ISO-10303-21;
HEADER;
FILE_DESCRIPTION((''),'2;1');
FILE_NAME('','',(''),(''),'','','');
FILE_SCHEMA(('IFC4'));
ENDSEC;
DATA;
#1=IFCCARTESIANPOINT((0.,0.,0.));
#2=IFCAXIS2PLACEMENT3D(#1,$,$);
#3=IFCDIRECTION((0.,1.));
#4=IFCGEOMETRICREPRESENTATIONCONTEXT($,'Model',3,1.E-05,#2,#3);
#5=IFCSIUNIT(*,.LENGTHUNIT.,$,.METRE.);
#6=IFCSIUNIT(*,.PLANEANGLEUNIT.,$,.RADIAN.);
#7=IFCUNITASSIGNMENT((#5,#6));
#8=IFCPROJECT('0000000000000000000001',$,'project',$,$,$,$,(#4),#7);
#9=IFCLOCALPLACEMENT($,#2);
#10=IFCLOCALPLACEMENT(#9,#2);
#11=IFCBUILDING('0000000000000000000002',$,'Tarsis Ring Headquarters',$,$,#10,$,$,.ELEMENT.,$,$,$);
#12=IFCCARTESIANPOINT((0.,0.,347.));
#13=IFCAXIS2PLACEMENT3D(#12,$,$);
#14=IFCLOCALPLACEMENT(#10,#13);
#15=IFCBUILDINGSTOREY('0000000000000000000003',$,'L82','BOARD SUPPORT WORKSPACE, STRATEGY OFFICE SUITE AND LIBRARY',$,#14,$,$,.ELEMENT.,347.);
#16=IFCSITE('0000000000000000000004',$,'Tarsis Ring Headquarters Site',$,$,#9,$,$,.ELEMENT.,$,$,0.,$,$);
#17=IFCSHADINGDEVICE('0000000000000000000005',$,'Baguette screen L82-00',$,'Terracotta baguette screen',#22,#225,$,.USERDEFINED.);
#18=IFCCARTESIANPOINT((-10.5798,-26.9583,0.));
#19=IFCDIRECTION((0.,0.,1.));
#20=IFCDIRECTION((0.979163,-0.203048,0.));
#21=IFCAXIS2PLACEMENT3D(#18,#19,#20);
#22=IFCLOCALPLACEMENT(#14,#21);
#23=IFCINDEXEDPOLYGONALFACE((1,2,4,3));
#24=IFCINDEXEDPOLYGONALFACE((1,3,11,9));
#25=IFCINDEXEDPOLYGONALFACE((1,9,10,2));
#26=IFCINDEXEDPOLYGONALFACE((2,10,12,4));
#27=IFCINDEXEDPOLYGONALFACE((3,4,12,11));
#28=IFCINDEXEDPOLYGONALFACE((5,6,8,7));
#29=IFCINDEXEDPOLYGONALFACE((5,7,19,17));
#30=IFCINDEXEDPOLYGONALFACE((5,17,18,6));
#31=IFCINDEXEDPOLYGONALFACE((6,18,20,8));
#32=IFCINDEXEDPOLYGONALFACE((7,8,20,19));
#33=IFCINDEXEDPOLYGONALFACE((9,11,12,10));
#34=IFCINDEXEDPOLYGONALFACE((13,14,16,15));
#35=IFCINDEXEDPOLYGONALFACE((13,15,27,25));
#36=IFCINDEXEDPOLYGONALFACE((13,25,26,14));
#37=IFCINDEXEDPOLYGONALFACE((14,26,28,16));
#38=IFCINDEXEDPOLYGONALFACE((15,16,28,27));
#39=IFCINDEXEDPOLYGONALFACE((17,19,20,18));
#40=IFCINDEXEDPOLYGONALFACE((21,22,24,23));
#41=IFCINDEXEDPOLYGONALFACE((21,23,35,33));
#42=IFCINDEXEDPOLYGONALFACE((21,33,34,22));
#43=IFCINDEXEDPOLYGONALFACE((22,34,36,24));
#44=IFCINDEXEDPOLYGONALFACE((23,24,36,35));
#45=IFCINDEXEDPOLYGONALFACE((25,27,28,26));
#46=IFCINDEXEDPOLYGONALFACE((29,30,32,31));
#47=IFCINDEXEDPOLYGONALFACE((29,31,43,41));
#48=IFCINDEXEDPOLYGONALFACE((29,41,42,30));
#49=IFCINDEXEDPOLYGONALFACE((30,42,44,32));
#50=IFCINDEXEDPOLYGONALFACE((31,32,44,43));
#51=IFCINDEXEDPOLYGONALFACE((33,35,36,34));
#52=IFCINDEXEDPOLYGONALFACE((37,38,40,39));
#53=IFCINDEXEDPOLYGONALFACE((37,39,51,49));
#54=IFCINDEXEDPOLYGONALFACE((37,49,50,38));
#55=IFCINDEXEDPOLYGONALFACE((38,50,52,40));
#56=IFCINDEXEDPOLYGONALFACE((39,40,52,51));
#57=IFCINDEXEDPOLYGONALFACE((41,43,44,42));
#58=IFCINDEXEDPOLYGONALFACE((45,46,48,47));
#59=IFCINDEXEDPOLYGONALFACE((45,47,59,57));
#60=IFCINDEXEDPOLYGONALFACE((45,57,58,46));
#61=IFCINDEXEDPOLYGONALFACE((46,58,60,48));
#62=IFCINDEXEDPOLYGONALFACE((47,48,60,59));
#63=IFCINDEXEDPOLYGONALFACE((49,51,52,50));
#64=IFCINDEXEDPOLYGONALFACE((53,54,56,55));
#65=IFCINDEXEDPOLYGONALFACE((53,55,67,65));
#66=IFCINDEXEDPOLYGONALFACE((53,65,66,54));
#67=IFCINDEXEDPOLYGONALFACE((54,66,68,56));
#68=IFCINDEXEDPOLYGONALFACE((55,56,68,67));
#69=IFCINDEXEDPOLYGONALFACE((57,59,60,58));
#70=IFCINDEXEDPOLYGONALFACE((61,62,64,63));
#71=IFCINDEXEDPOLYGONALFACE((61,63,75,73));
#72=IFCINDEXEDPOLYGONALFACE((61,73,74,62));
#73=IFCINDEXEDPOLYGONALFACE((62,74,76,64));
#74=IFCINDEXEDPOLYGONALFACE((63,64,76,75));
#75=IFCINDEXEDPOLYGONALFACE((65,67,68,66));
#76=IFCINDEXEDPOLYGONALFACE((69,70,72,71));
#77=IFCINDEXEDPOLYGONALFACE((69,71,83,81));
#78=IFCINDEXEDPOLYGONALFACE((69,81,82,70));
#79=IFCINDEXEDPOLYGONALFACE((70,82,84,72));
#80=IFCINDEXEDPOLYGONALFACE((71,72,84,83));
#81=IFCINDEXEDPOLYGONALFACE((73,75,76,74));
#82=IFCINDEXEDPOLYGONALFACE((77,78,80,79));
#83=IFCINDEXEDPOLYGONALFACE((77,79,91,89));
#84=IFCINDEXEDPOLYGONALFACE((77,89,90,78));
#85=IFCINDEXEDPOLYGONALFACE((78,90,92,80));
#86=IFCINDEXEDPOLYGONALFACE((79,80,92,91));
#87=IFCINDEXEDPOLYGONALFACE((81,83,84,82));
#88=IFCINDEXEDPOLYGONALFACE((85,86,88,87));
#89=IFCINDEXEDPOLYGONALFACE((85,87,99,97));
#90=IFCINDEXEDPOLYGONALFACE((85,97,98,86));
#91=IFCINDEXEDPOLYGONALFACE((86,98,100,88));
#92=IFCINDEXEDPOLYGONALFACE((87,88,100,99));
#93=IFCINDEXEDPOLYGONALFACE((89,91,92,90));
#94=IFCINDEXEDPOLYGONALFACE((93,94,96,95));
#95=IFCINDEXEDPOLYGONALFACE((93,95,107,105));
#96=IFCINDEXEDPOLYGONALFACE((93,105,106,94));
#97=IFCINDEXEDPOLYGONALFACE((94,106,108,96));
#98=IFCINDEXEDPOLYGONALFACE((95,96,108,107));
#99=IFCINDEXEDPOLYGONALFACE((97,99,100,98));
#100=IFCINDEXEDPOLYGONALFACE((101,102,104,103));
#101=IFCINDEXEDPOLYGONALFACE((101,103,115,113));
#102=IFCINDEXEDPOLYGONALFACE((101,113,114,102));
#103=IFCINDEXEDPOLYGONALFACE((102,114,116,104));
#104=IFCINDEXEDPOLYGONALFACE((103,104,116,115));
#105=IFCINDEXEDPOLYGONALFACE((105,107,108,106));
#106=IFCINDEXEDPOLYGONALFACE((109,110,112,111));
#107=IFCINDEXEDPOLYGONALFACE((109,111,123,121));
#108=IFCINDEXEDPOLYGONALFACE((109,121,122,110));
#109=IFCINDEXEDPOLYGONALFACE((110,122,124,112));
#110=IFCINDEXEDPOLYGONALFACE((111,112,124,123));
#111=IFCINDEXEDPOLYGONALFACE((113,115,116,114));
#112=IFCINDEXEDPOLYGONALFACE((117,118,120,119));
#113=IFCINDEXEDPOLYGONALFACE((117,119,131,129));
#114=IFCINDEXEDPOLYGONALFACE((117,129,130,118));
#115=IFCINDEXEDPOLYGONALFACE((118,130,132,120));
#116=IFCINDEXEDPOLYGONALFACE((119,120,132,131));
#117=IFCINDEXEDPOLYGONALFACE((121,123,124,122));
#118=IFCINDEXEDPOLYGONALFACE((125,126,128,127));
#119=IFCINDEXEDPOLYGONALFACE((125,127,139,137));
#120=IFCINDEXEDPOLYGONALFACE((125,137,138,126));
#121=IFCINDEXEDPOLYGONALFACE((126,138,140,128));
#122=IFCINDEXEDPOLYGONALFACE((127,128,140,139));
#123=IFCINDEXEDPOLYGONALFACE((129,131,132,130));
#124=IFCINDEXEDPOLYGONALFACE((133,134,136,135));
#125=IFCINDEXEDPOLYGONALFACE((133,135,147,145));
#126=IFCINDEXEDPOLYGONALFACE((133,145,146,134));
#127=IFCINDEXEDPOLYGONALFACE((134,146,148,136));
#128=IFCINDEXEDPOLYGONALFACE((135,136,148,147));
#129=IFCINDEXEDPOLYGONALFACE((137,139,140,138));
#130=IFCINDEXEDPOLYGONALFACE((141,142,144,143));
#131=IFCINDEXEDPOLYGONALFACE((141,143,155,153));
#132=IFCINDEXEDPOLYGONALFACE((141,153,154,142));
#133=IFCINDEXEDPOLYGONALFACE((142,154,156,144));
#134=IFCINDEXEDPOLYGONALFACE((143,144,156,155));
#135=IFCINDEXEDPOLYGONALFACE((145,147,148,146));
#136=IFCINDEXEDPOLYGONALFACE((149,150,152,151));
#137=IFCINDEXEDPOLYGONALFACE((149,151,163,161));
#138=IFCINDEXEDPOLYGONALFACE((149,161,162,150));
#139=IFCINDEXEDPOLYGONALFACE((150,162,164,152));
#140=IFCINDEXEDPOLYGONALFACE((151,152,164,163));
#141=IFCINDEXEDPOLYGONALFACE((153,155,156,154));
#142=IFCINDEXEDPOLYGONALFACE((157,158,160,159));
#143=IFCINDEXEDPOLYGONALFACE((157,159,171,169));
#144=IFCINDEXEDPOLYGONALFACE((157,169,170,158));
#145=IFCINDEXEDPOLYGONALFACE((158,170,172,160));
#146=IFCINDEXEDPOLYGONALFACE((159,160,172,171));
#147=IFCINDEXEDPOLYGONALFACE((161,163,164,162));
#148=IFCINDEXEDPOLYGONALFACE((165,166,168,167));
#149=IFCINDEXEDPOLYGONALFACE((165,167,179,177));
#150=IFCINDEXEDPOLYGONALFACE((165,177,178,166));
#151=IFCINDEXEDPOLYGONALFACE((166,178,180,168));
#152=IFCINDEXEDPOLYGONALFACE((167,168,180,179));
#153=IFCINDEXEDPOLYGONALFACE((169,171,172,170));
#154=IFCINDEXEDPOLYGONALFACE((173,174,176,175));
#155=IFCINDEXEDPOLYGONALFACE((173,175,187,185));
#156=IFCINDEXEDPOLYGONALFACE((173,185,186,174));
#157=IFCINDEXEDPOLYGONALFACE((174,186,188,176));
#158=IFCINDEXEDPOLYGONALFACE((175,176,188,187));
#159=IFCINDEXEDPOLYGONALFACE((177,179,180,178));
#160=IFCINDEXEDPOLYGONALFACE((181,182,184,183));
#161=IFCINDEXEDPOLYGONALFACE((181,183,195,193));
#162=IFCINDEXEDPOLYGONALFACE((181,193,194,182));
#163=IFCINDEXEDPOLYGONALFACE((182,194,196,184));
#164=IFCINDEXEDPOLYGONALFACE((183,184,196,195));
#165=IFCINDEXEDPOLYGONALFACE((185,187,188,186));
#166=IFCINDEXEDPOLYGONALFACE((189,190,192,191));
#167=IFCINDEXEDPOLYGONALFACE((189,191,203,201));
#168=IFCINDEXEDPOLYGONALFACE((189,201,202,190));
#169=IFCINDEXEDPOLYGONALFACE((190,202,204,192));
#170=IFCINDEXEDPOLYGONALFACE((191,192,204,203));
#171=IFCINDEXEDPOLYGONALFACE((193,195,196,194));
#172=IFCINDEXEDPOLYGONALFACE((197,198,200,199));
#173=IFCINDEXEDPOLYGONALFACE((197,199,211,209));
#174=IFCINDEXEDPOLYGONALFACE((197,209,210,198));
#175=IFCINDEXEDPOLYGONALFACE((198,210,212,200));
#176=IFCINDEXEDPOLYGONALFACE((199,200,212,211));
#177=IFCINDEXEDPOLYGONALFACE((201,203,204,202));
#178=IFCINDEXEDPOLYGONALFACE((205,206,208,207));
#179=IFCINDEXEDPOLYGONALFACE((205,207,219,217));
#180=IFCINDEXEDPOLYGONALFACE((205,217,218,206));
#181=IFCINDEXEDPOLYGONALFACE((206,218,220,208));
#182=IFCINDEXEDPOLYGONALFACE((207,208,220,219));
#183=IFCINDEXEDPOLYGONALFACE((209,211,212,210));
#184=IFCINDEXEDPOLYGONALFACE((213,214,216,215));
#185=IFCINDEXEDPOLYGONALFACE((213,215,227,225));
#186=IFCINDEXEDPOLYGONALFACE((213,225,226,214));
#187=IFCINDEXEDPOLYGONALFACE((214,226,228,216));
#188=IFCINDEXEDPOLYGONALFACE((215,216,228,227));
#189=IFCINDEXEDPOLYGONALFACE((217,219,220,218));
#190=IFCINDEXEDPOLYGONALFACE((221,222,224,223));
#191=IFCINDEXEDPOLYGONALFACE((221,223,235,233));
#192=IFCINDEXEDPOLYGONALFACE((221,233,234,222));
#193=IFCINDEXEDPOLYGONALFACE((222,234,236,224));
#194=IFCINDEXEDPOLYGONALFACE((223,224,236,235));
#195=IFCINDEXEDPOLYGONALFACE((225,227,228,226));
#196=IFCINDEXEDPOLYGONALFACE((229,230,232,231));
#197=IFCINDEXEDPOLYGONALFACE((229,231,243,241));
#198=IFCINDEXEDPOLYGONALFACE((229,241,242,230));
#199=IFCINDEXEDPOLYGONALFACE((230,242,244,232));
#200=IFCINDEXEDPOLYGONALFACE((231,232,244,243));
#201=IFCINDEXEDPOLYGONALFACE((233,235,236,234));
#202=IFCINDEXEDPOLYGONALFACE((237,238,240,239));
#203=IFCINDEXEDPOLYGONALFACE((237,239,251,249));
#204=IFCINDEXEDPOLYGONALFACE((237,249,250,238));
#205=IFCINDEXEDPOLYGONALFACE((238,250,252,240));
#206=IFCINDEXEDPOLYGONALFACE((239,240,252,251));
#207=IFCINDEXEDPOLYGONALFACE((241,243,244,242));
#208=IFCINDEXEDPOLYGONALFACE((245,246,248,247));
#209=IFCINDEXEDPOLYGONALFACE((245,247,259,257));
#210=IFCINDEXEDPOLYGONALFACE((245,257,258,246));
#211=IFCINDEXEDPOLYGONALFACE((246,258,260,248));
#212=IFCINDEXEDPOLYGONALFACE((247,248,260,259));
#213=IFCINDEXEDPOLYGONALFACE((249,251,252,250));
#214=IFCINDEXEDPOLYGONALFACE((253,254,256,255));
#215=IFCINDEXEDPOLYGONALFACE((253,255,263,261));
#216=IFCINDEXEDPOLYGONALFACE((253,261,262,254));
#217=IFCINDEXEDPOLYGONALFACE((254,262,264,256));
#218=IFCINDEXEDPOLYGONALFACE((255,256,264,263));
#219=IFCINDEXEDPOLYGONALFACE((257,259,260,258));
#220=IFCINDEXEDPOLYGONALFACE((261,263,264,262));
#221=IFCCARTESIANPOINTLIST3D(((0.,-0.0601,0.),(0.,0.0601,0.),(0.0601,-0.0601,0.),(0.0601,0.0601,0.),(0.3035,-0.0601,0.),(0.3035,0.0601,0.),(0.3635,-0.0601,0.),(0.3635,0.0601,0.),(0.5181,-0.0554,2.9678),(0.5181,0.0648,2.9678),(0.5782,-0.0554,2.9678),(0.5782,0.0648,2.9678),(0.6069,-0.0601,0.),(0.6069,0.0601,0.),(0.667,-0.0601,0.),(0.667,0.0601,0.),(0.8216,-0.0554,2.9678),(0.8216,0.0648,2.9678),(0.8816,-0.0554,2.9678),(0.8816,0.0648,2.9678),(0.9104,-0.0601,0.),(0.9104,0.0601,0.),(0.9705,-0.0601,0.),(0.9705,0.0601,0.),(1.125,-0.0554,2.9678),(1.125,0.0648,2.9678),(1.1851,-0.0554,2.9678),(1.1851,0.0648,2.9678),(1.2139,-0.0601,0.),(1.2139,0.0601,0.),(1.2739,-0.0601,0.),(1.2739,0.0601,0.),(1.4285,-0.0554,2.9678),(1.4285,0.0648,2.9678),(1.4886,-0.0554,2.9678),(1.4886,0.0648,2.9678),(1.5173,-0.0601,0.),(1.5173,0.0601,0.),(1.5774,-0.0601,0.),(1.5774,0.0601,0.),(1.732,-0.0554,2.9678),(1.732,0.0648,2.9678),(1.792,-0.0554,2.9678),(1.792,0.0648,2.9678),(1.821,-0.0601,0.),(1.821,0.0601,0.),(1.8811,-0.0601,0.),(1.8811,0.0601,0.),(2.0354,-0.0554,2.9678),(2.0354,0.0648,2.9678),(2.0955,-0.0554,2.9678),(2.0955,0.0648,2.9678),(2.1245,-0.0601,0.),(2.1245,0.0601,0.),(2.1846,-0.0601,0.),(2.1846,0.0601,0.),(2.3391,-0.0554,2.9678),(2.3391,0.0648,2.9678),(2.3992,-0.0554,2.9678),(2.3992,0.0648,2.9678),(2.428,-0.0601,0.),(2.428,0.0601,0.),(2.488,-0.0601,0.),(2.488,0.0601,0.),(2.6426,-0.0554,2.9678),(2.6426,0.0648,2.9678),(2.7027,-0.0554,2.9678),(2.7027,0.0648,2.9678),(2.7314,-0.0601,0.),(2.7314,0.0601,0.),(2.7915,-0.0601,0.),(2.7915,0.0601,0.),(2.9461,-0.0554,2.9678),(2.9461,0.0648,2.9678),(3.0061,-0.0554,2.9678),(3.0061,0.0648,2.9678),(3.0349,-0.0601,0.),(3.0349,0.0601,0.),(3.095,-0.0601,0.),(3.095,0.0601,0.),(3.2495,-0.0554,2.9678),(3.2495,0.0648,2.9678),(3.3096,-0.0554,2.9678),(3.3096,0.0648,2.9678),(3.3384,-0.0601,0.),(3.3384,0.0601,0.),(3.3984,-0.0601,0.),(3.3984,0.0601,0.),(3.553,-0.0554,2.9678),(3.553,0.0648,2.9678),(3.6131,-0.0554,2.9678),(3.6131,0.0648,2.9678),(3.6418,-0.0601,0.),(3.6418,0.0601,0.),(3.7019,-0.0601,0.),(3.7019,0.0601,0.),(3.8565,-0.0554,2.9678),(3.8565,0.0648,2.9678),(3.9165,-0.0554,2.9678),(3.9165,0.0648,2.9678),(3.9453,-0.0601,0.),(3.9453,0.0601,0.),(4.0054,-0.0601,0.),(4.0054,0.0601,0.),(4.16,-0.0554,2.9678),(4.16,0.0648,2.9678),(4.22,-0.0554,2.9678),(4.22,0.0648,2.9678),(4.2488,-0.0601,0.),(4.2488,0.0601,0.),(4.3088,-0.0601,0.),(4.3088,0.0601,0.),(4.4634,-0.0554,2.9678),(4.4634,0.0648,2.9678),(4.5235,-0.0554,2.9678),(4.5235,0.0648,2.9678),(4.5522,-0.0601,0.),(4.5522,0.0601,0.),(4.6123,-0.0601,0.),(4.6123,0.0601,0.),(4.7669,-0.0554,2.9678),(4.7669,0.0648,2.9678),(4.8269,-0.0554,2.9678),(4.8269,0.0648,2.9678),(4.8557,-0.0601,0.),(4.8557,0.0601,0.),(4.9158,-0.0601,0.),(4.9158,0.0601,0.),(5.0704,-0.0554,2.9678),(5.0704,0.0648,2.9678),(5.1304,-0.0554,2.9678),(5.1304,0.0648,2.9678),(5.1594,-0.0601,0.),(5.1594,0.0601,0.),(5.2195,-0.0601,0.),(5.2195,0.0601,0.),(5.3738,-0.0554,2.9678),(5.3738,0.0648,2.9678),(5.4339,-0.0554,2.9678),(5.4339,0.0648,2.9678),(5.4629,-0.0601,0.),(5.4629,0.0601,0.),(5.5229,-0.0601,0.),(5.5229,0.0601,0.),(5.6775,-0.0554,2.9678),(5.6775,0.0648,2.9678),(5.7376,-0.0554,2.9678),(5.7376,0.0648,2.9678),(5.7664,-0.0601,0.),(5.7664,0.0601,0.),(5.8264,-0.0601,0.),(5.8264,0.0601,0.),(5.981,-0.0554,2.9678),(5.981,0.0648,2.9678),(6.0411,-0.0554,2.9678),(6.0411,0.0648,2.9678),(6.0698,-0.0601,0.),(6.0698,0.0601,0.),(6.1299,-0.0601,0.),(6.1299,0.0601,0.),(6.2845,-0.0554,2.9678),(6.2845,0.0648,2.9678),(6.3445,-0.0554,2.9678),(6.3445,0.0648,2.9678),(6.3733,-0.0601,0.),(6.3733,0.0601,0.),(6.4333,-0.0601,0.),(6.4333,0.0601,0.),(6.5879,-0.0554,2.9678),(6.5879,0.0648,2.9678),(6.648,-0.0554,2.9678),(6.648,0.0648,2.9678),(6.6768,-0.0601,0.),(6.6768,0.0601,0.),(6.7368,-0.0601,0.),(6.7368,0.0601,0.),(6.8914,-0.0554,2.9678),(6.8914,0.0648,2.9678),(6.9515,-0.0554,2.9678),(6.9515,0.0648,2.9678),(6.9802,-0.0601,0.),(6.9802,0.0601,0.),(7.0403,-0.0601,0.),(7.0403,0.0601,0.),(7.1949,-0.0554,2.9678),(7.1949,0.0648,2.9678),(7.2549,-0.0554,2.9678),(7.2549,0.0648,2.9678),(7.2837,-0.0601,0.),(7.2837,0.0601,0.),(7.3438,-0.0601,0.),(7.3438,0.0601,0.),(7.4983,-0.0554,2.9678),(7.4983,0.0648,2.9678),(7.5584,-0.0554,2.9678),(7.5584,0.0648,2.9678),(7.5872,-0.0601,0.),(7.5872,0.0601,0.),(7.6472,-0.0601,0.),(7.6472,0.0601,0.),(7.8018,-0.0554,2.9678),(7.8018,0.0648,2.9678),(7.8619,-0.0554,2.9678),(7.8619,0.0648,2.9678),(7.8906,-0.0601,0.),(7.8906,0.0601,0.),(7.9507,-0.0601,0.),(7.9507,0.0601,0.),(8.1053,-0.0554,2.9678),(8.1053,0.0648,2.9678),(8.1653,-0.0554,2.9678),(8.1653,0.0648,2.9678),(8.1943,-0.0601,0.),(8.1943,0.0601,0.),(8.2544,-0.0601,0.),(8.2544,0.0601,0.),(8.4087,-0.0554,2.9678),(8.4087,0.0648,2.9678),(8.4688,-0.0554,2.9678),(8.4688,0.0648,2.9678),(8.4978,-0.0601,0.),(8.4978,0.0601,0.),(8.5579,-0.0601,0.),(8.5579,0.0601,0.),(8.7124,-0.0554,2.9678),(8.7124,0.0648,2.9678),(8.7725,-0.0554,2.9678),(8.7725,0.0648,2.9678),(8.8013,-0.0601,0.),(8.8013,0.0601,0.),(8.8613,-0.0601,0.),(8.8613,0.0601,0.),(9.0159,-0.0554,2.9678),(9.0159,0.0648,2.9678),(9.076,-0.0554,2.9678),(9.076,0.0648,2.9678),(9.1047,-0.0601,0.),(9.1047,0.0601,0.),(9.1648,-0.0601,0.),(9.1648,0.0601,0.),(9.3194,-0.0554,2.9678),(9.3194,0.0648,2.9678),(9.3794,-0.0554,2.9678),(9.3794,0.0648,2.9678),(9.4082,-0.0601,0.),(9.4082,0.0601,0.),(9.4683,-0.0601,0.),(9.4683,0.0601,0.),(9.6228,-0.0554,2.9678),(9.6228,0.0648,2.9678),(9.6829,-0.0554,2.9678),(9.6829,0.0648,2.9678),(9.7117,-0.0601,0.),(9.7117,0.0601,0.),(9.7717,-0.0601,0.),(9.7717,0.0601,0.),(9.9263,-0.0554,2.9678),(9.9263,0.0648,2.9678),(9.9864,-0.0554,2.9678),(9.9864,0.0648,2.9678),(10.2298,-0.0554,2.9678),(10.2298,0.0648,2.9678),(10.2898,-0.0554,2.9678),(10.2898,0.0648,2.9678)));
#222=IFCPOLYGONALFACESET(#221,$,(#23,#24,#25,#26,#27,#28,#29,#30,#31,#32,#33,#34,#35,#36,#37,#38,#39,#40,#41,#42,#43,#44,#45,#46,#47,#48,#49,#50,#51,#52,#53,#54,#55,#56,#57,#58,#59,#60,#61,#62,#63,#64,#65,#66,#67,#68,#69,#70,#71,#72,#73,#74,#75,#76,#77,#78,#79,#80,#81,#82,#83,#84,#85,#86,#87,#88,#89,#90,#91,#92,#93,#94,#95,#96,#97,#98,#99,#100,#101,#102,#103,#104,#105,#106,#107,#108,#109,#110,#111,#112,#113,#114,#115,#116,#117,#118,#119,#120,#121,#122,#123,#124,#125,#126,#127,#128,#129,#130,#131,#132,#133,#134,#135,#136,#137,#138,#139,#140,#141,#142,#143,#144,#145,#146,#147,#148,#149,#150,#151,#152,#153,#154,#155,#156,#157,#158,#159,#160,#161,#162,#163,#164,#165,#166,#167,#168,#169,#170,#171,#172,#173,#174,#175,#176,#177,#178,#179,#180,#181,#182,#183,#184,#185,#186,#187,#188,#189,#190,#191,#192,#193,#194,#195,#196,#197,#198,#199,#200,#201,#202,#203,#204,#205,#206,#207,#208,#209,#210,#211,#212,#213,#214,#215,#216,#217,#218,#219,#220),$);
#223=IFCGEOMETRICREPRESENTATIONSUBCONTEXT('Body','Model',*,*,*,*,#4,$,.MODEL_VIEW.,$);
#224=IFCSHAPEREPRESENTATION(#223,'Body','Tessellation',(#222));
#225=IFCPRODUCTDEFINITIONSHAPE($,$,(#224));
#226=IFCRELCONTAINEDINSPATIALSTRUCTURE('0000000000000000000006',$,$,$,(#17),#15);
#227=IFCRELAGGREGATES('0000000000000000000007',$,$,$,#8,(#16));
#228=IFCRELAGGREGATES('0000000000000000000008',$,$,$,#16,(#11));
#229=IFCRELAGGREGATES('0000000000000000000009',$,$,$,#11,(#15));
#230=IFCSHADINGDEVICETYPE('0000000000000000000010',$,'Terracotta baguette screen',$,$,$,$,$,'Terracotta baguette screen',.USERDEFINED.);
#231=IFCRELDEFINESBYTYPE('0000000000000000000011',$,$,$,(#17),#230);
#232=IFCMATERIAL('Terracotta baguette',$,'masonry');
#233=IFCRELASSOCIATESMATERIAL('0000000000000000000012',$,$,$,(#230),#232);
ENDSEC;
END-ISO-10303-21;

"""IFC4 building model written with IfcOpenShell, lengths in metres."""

from ifc_helpers import new_model, si_unit, direction, frame, frame_2d, origin, place, context, subcontext, project, spatial, rectangle, composite_profile, extrude, material, type_object, element, save


model = new_model("IFC4")

# Units and contexts
model_context = context("Model", 3, precision=1e-05, world=origin(), true_north=direction((0.0, 1.0)))
body_context = subcontext(model_context, "Body", "Model", "MODEL_VIEW")
ifc_project = project(units=[si_unit("LENGTHUNIT", "METRE"), si_unit("PLANEANGLEUNIT", "RADIAN")], contexts=[model_context])

# Site, building, storey
site_placement = place(None, origin())
site = spatial("IfcSite", under=ifc_project, at=site_placement, Name="Tarsis Ring Headquarters Site", CompositionType="ELEMENT", RefElevation=0.0)
building_placement = place(site_placement, origin())
building = spatial("IfcBuilding", under=site, at=building_placement, Name="Tarsis Ring Headquarters", CompositionType="ELEMENT")
storey_placement = place(building_placement, frame((0.0, 0.0, 347.0)))
storey = spatial("IfcBuildingStorey", under=building, at=storey_placement, Name="L82", Description="BOARD SUPPORT WORKSPACE, STRATEGY OFFICE SUITE AND LIBRARY", CompositionType="ELEMENT", Elevation=347.0)

# Shading device
ifc_material_1 = material(Name="Terracotta baguette", Category="masonry")
shading_device_type = type_object("IfcShadingDeviceType", Name="Terracotta baguette screen", ElementType="Terracotta baguette screen", PredefinedType="USERDEFINED", material=ifc_material_1)
shading_device_1_placement = place(storey_placement, frame((-10.5798, -26.9583, 0.0), z_axis=(0.0, 0.0, 1.0), x_axis=(0.979163, -0.203048, 0.0)))
element("IfcShadingDevice", 1, at=shading_device_1_placement, inside=storey, type_object=shading_device_type, Name="Baguette screen L82-00", ObjectType="Terracotta baguette screen", PredefinedType="USERDEFINED", context=body_context, shape_type="SweptSolid", body=[
    extrude(composite_profile([rectangle(XDim=0.0601, YDim=0.1201, at=frame_2d((0.03, 0.0))), rectangle(XDim=0.0601, YDim=0.1201, at=frame_2d((0.3335, 0.0))), rectangle(XDim=0.0601, YDim=0.1201, at=frame_2d((0.637, 0.0))), rectangle(XDim=0.0601, YDim=0.1201, at=frame_2d((0.9404, 0.0))), rectangle(XDim=0.0601, YDim=0.1201, at=frame_2d((1.2439, 0.0))), rectangle(XDim=0.0601, YDim=0.1201, at=frame_2d((1.5474, 0.0))), rectangle(XDim=0.0601, YDim=0.1201, at=frame_2d((1.8511, 0.0))), rectangle(XDim=0.0601, YDim=0.1201, at=frame_2d((2.1545, 0.0))), rectangle(XDim=0.0601, YDim=0.1201, at=frame_2d((2.458, 0.0))), rectangle(XDim=0.0601, YDim=0.1201, at=frame_2d((2.7615, 0.0))), rectangle(XDim=0.0601, YDim=0.1201, at=frame_2d((3.0649, 0.0))), rectangle(XDim=0.0601, YDim=0.1201, at=frame_2d((3.3684, 0.0))), rectangle(XDim=0.0601, YDim=0.1201, at=frame_2d((3.6719, 0.0))), rectangle(XDim=0.0601, YDim=0.1201, at=frame_2d((3.9753, 0.0))), rectangle(XDim=0.0601, YDim=0.1201, at=frame_2d((4.2788, 0.0))), rectangle(XDim=0.0601, YDim=0.1201, at=frame_2d((4.5823, 0.0))), rectangle(XDim=0.0601, YDim=0.1201, at=frame_2d((4.8857, 0.0))), rectangle(XDim=0.0601, YDim=0.1201, at=frame_2d((5.1895, 0.0))), rectangle(XDim=0.0601, YDim=0.1201, at=frame_2d((5.4929, 0.0))), rectangle(XDim=0.0601, YDim=0.1201, at=frame_2d((5.7964, 0.0))), rectangle(XDim=0.0601, YDim=0.1201, at=frame_2d((6.0999, 0.0))), rectangle(XDim=0.0601, YDim=0.1201, at=frame_2d((6.4033, 0.0))), rectangle(XDim=0.0601, YDim=0.1201, at=frame_2d((6.7068, 0.0))), rectangle(XDim=0.0601, YDim=0.1201, at=frame_2d((7.0103, 0.0))), rectangle(XDim=0.0601, YDim=0.1201, at=frame_2d((7.3137, 0.0))), rectangle(XDim=0.0601, YDim=0.1201, at=frame_2d((7.6172, 0.0))), rectangle(XDim=0.0601, YDim=0.1201, at=frame_2d((7.9207, 0.0))), rectangle(XDim=0.0601, YDim=0.1201, at=frame_2d((8.2244, 0.0))), rectangle(XDim=0.0601, YDim=0.1201, at=frame_2d((8.5278, 0.0))), rectangle(XDim=0.0601, YDim=0.1201, at=frame_2d((8.8313, 0.0))), rectangle(XDim=0.0601, YDim=0.1201, at=frame_2d((9.1348, 0.0))), rectangle(XDim=0.0601, YDim=0.1201, at=frame_2d((9.4382, 0.0))), rectangle(XDim=0.0601, YDim=0.1201, at=frame_2d((9.7417, 0.0)))]), origin(), (0.171974, 0.001562, 0.9851), 3.0127),
])

save(model, "model.ifc")
